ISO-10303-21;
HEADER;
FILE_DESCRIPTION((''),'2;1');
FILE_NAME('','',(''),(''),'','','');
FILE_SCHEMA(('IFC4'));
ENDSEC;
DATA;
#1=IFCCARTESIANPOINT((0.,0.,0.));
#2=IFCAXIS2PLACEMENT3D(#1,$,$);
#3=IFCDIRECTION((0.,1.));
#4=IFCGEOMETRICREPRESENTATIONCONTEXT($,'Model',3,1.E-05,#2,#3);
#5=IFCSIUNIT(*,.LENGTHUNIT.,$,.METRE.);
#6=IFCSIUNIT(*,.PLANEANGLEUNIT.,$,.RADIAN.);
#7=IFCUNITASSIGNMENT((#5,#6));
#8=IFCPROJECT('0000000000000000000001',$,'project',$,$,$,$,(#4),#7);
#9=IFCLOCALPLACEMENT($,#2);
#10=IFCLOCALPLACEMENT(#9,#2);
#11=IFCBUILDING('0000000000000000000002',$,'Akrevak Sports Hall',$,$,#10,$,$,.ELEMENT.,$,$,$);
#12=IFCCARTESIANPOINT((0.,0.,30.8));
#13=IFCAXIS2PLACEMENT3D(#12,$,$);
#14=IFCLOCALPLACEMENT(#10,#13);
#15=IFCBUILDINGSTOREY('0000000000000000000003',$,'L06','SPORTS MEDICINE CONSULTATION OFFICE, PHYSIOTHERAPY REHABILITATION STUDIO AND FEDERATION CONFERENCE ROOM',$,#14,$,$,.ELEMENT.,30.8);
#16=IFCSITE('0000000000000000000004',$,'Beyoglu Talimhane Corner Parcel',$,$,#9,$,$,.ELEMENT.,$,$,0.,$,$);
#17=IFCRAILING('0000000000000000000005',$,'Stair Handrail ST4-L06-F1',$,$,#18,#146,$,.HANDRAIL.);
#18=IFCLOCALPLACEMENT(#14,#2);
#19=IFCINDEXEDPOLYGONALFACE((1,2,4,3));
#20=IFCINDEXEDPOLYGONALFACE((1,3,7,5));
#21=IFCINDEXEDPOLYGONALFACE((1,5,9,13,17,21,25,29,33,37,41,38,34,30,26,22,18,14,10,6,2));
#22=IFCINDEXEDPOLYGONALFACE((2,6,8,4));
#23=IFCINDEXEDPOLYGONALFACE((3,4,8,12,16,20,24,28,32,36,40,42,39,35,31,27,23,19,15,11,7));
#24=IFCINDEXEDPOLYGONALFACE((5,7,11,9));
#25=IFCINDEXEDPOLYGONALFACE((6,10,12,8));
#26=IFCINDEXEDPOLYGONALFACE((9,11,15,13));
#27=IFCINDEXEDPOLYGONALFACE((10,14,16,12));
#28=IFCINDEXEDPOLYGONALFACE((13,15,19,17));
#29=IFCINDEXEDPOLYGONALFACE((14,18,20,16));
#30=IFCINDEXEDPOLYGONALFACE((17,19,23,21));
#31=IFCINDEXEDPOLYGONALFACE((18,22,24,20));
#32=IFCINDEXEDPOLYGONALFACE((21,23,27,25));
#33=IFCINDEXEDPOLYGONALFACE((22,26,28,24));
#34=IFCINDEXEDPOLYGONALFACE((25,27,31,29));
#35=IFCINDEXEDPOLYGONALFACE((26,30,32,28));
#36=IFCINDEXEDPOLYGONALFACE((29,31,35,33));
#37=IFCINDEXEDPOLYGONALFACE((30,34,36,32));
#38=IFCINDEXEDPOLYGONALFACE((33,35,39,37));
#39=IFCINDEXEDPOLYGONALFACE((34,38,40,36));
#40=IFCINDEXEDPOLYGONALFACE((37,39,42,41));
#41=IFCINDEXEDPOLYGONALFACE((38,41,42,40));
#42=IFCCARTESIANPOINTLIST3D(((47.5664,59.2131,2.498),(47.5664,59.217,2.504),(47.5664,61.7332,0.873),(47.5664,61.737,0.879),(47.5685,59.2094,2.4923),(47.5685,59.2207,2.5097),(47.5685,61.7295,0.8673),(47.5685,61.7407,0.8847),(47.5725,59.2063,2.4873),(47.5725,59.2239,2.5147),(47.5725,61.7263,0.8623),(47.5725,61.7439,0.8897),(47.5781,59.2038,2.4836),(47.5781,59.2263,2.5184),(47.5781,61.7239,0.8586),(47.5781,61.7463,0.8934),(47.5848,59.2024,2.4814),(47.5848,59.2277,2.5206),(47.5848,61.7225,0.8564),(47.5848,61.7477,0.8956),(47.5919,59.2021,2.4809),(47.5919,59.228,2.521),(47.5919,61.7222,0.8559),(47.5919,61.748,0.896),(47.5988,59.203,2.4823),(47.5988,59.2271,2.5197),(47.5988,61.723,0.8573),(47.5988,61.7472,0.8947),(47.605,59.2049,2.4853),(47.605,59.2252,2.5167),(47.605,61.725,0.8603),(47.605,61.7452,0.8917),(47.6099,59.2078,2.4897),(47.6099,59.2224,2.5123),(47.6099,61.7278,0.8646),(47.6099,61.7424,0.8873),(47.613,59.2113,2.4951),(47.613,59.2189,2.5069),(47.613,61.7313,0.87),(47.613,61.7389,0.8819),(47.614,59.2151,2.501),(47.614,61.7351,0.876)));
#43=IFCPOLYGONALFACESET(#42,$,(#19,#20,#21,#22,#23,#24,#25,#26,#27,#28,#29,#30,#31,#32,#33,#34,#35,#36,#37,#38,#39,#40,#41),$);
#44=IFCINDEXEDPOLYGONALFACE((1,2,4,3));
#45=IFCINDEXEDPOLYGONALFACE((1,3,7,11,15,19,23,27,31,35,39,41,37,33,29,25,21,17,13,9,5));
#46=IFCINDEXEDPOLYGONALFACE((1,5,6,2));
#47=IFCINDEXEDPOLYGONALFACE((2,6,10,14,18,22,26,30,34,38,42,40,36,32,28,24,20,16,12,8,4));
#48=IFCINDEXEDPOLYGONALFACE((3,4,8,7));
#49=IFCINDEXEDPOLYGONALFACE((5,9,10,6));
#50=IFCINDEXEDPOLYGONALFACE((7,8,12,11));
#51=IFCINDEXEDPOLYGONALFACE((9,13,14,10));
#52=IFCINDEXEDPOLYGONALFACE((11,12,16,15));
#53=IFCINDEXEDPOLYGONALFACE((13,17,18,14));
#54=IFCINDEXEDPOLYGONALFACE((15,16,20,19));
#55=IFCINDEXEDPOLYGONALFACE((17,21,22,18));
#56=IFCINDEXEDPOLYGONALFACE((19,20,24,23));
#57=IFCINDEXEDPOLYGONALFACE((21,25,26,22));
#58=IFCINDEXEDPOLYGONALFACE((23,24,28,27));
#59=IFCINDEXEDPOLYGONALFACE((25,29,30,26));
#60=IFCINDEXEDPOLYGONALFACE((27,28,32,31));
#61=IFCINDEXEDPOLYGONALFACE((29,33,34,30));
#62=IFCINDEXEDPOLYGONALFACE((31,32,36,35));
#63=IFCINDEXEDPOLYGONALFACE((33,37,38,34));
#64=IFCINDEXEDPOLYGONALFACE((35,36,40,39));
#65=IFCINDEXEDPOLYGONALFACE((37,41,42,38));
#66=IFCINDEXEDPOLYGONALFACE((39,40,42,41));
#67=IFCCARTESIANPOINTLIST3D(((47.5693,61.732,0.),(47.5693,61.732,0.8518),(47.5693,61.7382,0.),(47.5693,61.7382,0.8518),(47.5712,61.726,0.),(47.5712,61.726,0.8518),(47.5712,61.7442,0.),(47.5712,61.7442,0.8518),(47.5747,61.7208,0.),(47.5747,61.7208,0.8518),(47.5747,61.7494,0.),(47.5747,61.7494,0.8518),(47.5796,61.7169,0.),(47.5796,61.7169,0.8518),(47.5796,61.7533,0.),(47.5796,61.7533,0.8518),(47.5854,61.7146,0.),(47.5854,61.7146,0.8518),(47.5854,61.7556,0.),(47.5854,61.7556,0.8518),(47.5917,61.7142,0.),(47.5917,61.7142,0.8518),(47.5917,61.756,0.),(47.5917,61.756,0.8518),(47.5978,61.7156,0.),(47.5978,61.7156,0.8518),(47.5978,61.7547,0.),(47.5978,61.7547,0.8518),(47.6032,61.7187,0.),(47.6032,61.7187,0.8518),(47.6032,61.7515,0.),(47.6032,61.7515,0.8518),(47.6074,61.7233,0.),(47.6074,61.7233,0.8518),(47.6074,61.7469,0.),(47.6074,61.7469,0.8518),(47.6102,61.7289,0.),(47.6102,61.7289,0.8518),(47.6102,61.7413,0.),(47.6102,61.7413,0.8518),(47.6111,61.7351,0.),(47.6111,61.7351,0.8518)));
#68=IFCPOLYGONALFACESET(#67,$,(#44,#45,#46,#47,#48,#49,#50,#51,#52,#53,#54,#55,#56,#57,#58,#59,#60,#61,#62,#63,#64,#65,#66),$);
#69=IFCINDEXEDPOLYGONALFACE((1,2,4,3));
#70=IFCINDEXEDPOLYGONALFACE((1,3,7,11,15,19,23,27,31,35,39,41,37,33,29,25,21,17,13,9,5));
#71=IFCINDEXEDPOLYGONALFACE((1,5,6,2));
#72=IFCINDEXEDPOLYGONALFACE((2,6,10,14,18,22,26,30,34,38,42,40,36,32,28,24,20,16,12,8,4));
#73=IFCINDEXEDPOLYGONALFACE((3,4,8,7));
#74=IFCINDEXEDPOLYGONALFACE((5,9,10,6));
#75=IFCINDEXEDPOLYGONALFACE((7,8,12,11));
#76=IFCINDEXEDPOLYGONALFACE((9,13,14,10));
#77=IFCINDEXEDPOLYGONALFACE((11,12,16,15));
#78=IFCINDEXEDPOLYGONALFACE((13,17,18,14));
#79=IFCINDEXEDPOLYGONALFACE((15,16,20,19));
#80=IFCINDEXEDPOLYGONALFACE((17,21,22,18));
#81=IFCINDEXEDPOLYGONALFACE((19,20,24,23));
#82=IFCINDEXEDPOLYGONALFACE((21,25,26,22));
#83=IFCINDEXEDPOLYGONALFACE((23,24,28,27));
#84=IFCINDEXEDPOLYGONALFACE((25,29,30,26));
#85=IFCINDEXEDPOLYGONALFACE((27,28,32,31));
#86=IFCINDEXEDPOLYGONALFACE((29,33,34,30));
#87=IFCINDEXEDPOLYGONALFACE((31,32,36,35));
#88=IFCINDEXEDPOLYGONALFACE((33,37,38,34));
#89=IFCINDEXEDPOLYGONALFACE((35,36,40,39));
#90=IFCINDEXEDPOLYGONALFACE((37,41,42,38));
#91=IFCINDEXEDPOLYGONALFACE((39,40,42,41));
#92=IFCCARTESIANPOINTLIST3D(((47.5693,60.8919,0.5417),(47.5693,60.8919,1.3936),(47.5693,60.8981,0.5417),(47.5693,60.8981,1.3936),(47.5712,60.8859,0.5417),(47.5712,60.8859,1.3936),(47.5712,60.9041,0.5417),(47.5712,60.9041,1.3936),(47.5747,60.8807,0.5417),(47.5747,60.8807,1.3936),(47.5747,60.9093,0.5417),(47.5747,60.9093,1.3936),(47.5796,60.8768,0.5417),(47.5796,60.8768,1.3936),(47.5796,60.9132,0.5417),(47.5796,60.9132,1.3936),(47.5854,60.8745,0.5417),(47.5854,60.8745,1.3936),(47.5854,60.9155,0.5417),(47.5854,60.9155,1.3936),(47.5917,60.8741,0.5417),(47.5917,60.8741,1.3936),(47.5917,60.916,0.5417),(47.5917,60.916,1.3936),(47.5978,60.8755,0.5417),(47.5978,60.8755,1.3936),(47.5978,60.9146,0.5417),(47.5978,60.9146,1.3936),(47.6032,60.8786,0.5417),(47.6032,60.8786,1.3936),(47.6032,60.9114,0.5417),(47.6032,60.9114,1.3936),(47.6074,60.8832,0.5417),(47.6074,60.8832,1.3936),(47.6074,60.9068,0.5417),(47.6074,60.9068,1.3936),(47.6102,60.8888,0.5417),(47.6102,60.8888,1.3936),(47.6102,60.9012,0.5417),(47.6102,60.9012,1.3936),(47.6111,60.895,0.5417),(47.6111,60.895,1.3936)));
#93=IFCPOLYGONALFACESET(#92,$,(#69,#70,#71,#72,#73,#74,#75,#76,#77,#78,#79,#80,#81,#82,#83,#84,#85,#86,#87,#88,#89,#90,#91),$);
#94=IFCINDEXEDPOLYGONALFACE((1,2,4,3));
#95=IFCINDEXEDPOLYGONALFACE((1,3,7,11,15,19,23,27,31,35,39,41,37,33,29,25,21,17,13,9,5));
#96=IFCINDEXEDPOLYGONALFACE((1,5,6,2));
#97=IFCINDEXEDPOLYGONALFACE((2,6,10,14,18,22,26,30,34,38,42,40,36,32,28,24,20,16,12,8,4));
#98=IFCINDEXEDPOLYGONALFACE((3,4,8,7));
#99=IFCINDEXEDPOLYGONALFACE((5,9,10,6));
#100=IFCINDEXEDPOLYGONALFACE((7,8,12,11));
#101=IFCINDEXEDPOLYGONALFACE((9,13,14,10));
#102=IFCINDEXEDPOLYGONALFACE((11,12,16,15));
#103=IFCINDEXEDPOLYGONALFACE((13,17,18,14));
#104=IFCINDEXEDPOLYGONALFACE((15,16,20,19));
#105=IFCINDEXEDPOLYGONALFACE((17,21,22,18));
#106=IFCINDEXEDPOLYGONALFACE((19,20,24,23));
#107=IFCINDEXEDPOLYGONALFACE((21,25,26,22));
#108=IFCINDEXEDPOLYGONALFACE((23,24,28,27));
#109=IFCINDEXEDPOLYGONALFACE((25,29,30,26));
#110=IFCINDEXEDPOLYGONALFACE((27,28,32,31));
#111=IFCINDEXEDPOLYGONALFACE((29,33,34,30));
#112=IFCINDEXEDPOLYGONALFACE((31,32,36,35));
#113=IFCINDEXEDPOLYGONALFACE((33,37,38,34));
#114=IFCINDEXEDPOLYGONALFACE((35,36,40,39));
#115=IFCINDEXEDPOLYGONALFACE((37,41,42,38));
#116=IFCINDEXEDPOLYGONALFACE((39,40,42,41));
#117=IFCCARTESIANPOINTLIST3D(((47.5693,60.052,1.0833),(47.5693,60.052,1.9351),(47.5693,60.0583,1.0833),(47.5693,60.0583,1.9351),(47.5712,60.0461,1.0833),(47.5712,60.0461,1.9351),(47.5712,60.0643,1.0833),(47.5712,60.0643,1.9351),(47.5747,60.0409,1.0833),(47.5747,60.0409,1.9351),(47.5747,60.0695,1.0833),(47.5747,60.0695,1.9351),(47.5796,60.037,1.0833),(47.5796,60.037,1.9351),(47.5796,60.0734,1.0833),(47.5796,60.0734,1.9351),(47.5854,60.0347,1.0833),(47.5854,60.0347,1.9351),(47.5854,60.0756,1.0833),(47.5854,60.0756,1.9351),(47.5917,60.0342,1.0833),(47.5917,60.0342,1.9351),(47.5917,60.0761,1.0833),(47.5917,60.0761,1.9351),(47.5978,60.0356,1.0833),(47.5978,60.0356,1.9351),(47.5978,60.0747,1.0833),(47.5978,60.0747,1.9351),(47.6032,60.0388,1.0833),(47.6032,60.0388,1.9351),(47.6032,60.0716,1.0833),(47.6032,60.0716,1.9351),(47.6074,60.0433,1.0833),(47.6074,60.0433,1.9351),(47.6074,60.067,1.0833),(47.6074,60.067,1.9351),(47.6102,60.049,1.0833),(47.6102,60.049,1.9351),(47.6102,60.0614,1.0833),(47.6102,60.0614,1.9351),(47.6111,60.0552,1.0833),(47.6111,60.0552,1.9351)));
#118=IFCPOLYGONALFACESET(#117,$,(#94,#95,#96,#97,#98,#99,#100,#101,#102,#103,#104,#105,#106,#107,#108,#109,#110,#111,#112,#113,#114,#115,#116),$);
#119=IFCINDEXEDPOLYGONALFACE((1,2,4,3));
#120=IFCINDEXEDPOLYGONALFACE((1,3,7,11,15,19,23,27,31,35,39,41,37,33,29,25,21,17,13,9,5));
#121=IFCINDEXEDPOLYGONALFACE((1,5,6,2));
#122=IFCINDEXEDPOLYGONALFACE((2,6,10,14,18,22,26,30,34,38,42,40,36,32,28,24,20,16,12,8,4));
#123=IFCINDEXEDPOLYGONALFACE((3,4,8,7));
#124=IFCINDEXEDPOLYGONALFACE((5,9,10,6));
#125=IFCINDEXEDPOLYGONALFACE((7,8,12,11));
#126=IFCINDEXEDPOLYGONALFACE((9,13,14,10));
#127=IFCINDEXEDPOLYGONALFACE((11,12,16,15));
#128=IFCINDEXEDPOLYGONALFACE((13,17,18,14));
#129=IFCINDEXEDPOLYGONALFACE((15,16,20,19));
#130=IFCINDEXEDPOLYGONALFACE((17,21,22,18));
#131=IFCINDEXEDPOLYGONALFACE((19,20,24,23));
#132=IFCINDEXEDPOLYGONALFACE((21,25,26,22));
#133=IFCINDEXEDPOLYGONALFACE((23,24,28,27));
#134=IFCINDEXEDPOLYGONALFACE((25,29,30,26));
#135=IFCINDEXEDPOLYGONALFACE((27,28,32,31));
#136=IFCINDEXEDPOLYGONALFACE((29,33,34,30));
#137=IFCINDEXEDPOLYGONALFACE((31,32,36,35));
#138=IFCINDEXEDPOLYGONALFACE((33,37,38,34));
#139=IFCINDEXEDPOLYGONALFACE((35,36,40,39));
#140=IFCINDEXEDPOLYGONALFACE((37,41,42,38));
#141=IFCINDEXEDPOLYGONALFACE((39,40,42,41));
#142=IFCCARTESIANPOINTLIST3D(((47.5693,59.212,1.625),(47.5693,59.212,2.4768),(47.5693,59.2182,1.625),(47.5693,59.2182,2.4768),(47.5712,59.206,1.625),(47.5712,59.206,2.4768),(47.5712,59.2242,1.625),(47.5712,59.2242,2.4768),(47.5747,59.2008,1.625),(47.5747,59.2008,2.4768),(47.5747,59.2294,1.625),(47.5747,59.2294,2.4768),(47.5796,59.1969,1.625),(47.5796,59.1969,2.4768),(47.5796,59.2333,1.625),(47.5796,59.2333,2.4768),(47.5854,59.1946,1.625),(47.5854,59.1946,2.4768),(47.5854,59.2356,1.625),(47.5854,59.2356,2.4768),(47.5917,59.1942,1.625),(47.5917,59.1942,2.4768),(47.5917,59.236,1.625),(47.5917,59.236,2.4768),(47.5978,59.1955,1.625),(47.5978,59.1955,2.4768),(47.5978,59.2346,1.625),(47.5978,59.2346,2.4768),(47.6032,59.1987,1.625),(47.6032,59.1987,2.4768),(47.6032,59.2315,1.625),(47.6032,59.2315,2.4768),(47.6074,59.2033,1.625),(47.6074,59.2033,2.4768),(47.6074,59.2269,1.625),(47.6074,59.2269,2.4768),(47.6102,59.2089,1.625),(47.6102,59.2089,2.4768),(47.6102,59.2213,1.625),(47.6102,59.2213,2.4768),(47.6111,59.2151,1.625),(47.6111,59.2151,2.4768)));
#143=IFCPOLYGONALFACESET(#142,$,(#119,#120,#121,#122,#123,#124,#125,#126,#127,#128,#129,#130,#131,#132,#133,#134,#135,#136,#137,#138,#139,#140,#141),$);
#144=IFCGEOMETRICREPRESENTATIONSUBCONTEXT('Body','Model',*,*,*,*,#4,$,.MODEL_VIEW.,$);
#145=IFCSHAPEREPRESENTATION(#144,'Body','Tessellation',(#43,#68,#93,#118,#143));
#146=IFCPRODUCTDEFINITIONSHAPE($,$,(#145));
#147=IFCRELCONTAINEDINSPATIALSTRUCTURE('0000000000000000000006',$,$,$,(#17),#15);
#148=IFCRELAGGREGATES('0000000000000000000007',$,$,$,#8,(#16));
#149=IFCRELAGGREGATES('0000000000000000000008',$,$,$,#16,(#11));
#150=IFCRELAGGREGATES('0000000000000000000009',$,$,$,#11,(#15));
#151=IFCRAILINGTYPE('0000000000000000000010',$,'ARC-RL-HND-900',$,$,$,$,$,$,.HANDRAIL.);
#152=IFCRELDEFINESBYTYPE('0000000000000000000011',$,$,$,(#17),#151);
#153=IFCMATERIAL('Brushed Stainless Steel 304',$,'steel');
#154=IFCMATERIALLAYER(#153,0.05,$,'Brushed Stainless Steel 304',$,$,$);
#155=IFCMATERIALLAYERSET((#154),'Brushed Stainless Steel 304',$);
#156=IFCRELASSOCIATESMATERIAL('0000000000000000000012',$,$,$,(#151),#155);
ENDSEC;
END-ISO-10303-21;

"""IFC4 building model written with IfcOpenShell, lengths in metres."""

from ifc_helpers import new_model, si_unit, direction, frame, origin, origin_2d, place, context, subcontext, project, spatial, circle, extrude, material, layer, layer_set, type_object, element, save


model = new_model("IFC4")

# Units and contexts
model_context = context("Model", 3, precision=1e-05, world=origin(), true_north=direction((0.0, 1.0)))
body_context = subcontext(model_context, "Body", "Model", "MODEL_VIEW")
ifc_project = project(units=[si_unit("LENGTHUNIT", "METRE"), si_unit("PLANEANGLEUNIT", "RADIAN")], contexts=[model_context])

# Site, building, storey
site_placement = place(None, origin())
site = spatial("IfcSite", under=ifc_project, at=site_placement, Name="Beyoglu Talimhane Corner Parcel", CompositionType="ELEMENT", RefElevation=0.0)
building_placement = place(site_placement, origin())
building = spatial("IfcBuilding", under=site, at=building_placement, Name="Akrevak Sports Hall", CompositionType="ELEMENT")
storey_placement = place(building_placement, frame((0.0, 0.0, 30.8)))
storey = spatial("IfcBuildingStorey", under=building, at=storey_placement, Name="L06", Description="SPORTS MEDICINE CONSULTATION OFFICE, PHYSIOTHERAPY REHABILITATION STUDIO AND FEDERATION CONFERENCE ROOM", CompositionType="ELEMENT", Elevation=30.8)

# Railing
ifc_material_1 = material(Name="Brushed Stainless Steel 304", Category="steel")
ifc_layer_1 = layer(ifc_material_1, 0.05, Name="Brushed Stainless Steel 304")
ifc_layer_set_1 = layer_set([ifc_layer_1], Name="Brushed Stainless Steel 304")
railing_type_1 = type_object("IfcRailingType", Name="ARC-RL-HND-900", PredefinedType="HANDRAIL", material=ifc_layer_set_1)
railing_1_placement = place(storey_placement, frame((47.5901, 61.7351, 0.0)))
element("IfcRailing", 1, at=railing_1_placement, inside=storey, type_object=railing_type_1, Name="Stair Handrail ST4-L06-F1", PredefinedType="HANDRAIL", context=body_context, shape_type="SweptSolid", body=[
    extrude(circle(Radius=0.0239, at=origin_2d()), frame((0.0, 0.0, 0.876), z_axis=(0.0, -0.840421, 0.541934), x_axis=(1.0, 0.0, 0.0)), (0.0, 0.0, 1.0), 2.9985),
    extrude(circle(Radius=0.021, at=origin_2d()), origin(), (0.0, 0.0, 1.0), 0.8518),
    extrude(circle(Radius=0.021, at=origin_2d()), frame((0.0, -0.8401, 0.5417)), (0.0, 0.0, 1.0), 0.8518),
    extrude(circle(Radius=0.021, at=origin_2d()), frame((0.0, -1.6799, 1.0833)), (0.0, 0.0, 1.0), 0.8518),
    extrude(circle(Radius=0.021, at=origin_2d()), frame((0.0, -2.52, 1.625)), (0.0, 0.0, 1.0), 0.8518),
])

save(model, "model.ifc")
